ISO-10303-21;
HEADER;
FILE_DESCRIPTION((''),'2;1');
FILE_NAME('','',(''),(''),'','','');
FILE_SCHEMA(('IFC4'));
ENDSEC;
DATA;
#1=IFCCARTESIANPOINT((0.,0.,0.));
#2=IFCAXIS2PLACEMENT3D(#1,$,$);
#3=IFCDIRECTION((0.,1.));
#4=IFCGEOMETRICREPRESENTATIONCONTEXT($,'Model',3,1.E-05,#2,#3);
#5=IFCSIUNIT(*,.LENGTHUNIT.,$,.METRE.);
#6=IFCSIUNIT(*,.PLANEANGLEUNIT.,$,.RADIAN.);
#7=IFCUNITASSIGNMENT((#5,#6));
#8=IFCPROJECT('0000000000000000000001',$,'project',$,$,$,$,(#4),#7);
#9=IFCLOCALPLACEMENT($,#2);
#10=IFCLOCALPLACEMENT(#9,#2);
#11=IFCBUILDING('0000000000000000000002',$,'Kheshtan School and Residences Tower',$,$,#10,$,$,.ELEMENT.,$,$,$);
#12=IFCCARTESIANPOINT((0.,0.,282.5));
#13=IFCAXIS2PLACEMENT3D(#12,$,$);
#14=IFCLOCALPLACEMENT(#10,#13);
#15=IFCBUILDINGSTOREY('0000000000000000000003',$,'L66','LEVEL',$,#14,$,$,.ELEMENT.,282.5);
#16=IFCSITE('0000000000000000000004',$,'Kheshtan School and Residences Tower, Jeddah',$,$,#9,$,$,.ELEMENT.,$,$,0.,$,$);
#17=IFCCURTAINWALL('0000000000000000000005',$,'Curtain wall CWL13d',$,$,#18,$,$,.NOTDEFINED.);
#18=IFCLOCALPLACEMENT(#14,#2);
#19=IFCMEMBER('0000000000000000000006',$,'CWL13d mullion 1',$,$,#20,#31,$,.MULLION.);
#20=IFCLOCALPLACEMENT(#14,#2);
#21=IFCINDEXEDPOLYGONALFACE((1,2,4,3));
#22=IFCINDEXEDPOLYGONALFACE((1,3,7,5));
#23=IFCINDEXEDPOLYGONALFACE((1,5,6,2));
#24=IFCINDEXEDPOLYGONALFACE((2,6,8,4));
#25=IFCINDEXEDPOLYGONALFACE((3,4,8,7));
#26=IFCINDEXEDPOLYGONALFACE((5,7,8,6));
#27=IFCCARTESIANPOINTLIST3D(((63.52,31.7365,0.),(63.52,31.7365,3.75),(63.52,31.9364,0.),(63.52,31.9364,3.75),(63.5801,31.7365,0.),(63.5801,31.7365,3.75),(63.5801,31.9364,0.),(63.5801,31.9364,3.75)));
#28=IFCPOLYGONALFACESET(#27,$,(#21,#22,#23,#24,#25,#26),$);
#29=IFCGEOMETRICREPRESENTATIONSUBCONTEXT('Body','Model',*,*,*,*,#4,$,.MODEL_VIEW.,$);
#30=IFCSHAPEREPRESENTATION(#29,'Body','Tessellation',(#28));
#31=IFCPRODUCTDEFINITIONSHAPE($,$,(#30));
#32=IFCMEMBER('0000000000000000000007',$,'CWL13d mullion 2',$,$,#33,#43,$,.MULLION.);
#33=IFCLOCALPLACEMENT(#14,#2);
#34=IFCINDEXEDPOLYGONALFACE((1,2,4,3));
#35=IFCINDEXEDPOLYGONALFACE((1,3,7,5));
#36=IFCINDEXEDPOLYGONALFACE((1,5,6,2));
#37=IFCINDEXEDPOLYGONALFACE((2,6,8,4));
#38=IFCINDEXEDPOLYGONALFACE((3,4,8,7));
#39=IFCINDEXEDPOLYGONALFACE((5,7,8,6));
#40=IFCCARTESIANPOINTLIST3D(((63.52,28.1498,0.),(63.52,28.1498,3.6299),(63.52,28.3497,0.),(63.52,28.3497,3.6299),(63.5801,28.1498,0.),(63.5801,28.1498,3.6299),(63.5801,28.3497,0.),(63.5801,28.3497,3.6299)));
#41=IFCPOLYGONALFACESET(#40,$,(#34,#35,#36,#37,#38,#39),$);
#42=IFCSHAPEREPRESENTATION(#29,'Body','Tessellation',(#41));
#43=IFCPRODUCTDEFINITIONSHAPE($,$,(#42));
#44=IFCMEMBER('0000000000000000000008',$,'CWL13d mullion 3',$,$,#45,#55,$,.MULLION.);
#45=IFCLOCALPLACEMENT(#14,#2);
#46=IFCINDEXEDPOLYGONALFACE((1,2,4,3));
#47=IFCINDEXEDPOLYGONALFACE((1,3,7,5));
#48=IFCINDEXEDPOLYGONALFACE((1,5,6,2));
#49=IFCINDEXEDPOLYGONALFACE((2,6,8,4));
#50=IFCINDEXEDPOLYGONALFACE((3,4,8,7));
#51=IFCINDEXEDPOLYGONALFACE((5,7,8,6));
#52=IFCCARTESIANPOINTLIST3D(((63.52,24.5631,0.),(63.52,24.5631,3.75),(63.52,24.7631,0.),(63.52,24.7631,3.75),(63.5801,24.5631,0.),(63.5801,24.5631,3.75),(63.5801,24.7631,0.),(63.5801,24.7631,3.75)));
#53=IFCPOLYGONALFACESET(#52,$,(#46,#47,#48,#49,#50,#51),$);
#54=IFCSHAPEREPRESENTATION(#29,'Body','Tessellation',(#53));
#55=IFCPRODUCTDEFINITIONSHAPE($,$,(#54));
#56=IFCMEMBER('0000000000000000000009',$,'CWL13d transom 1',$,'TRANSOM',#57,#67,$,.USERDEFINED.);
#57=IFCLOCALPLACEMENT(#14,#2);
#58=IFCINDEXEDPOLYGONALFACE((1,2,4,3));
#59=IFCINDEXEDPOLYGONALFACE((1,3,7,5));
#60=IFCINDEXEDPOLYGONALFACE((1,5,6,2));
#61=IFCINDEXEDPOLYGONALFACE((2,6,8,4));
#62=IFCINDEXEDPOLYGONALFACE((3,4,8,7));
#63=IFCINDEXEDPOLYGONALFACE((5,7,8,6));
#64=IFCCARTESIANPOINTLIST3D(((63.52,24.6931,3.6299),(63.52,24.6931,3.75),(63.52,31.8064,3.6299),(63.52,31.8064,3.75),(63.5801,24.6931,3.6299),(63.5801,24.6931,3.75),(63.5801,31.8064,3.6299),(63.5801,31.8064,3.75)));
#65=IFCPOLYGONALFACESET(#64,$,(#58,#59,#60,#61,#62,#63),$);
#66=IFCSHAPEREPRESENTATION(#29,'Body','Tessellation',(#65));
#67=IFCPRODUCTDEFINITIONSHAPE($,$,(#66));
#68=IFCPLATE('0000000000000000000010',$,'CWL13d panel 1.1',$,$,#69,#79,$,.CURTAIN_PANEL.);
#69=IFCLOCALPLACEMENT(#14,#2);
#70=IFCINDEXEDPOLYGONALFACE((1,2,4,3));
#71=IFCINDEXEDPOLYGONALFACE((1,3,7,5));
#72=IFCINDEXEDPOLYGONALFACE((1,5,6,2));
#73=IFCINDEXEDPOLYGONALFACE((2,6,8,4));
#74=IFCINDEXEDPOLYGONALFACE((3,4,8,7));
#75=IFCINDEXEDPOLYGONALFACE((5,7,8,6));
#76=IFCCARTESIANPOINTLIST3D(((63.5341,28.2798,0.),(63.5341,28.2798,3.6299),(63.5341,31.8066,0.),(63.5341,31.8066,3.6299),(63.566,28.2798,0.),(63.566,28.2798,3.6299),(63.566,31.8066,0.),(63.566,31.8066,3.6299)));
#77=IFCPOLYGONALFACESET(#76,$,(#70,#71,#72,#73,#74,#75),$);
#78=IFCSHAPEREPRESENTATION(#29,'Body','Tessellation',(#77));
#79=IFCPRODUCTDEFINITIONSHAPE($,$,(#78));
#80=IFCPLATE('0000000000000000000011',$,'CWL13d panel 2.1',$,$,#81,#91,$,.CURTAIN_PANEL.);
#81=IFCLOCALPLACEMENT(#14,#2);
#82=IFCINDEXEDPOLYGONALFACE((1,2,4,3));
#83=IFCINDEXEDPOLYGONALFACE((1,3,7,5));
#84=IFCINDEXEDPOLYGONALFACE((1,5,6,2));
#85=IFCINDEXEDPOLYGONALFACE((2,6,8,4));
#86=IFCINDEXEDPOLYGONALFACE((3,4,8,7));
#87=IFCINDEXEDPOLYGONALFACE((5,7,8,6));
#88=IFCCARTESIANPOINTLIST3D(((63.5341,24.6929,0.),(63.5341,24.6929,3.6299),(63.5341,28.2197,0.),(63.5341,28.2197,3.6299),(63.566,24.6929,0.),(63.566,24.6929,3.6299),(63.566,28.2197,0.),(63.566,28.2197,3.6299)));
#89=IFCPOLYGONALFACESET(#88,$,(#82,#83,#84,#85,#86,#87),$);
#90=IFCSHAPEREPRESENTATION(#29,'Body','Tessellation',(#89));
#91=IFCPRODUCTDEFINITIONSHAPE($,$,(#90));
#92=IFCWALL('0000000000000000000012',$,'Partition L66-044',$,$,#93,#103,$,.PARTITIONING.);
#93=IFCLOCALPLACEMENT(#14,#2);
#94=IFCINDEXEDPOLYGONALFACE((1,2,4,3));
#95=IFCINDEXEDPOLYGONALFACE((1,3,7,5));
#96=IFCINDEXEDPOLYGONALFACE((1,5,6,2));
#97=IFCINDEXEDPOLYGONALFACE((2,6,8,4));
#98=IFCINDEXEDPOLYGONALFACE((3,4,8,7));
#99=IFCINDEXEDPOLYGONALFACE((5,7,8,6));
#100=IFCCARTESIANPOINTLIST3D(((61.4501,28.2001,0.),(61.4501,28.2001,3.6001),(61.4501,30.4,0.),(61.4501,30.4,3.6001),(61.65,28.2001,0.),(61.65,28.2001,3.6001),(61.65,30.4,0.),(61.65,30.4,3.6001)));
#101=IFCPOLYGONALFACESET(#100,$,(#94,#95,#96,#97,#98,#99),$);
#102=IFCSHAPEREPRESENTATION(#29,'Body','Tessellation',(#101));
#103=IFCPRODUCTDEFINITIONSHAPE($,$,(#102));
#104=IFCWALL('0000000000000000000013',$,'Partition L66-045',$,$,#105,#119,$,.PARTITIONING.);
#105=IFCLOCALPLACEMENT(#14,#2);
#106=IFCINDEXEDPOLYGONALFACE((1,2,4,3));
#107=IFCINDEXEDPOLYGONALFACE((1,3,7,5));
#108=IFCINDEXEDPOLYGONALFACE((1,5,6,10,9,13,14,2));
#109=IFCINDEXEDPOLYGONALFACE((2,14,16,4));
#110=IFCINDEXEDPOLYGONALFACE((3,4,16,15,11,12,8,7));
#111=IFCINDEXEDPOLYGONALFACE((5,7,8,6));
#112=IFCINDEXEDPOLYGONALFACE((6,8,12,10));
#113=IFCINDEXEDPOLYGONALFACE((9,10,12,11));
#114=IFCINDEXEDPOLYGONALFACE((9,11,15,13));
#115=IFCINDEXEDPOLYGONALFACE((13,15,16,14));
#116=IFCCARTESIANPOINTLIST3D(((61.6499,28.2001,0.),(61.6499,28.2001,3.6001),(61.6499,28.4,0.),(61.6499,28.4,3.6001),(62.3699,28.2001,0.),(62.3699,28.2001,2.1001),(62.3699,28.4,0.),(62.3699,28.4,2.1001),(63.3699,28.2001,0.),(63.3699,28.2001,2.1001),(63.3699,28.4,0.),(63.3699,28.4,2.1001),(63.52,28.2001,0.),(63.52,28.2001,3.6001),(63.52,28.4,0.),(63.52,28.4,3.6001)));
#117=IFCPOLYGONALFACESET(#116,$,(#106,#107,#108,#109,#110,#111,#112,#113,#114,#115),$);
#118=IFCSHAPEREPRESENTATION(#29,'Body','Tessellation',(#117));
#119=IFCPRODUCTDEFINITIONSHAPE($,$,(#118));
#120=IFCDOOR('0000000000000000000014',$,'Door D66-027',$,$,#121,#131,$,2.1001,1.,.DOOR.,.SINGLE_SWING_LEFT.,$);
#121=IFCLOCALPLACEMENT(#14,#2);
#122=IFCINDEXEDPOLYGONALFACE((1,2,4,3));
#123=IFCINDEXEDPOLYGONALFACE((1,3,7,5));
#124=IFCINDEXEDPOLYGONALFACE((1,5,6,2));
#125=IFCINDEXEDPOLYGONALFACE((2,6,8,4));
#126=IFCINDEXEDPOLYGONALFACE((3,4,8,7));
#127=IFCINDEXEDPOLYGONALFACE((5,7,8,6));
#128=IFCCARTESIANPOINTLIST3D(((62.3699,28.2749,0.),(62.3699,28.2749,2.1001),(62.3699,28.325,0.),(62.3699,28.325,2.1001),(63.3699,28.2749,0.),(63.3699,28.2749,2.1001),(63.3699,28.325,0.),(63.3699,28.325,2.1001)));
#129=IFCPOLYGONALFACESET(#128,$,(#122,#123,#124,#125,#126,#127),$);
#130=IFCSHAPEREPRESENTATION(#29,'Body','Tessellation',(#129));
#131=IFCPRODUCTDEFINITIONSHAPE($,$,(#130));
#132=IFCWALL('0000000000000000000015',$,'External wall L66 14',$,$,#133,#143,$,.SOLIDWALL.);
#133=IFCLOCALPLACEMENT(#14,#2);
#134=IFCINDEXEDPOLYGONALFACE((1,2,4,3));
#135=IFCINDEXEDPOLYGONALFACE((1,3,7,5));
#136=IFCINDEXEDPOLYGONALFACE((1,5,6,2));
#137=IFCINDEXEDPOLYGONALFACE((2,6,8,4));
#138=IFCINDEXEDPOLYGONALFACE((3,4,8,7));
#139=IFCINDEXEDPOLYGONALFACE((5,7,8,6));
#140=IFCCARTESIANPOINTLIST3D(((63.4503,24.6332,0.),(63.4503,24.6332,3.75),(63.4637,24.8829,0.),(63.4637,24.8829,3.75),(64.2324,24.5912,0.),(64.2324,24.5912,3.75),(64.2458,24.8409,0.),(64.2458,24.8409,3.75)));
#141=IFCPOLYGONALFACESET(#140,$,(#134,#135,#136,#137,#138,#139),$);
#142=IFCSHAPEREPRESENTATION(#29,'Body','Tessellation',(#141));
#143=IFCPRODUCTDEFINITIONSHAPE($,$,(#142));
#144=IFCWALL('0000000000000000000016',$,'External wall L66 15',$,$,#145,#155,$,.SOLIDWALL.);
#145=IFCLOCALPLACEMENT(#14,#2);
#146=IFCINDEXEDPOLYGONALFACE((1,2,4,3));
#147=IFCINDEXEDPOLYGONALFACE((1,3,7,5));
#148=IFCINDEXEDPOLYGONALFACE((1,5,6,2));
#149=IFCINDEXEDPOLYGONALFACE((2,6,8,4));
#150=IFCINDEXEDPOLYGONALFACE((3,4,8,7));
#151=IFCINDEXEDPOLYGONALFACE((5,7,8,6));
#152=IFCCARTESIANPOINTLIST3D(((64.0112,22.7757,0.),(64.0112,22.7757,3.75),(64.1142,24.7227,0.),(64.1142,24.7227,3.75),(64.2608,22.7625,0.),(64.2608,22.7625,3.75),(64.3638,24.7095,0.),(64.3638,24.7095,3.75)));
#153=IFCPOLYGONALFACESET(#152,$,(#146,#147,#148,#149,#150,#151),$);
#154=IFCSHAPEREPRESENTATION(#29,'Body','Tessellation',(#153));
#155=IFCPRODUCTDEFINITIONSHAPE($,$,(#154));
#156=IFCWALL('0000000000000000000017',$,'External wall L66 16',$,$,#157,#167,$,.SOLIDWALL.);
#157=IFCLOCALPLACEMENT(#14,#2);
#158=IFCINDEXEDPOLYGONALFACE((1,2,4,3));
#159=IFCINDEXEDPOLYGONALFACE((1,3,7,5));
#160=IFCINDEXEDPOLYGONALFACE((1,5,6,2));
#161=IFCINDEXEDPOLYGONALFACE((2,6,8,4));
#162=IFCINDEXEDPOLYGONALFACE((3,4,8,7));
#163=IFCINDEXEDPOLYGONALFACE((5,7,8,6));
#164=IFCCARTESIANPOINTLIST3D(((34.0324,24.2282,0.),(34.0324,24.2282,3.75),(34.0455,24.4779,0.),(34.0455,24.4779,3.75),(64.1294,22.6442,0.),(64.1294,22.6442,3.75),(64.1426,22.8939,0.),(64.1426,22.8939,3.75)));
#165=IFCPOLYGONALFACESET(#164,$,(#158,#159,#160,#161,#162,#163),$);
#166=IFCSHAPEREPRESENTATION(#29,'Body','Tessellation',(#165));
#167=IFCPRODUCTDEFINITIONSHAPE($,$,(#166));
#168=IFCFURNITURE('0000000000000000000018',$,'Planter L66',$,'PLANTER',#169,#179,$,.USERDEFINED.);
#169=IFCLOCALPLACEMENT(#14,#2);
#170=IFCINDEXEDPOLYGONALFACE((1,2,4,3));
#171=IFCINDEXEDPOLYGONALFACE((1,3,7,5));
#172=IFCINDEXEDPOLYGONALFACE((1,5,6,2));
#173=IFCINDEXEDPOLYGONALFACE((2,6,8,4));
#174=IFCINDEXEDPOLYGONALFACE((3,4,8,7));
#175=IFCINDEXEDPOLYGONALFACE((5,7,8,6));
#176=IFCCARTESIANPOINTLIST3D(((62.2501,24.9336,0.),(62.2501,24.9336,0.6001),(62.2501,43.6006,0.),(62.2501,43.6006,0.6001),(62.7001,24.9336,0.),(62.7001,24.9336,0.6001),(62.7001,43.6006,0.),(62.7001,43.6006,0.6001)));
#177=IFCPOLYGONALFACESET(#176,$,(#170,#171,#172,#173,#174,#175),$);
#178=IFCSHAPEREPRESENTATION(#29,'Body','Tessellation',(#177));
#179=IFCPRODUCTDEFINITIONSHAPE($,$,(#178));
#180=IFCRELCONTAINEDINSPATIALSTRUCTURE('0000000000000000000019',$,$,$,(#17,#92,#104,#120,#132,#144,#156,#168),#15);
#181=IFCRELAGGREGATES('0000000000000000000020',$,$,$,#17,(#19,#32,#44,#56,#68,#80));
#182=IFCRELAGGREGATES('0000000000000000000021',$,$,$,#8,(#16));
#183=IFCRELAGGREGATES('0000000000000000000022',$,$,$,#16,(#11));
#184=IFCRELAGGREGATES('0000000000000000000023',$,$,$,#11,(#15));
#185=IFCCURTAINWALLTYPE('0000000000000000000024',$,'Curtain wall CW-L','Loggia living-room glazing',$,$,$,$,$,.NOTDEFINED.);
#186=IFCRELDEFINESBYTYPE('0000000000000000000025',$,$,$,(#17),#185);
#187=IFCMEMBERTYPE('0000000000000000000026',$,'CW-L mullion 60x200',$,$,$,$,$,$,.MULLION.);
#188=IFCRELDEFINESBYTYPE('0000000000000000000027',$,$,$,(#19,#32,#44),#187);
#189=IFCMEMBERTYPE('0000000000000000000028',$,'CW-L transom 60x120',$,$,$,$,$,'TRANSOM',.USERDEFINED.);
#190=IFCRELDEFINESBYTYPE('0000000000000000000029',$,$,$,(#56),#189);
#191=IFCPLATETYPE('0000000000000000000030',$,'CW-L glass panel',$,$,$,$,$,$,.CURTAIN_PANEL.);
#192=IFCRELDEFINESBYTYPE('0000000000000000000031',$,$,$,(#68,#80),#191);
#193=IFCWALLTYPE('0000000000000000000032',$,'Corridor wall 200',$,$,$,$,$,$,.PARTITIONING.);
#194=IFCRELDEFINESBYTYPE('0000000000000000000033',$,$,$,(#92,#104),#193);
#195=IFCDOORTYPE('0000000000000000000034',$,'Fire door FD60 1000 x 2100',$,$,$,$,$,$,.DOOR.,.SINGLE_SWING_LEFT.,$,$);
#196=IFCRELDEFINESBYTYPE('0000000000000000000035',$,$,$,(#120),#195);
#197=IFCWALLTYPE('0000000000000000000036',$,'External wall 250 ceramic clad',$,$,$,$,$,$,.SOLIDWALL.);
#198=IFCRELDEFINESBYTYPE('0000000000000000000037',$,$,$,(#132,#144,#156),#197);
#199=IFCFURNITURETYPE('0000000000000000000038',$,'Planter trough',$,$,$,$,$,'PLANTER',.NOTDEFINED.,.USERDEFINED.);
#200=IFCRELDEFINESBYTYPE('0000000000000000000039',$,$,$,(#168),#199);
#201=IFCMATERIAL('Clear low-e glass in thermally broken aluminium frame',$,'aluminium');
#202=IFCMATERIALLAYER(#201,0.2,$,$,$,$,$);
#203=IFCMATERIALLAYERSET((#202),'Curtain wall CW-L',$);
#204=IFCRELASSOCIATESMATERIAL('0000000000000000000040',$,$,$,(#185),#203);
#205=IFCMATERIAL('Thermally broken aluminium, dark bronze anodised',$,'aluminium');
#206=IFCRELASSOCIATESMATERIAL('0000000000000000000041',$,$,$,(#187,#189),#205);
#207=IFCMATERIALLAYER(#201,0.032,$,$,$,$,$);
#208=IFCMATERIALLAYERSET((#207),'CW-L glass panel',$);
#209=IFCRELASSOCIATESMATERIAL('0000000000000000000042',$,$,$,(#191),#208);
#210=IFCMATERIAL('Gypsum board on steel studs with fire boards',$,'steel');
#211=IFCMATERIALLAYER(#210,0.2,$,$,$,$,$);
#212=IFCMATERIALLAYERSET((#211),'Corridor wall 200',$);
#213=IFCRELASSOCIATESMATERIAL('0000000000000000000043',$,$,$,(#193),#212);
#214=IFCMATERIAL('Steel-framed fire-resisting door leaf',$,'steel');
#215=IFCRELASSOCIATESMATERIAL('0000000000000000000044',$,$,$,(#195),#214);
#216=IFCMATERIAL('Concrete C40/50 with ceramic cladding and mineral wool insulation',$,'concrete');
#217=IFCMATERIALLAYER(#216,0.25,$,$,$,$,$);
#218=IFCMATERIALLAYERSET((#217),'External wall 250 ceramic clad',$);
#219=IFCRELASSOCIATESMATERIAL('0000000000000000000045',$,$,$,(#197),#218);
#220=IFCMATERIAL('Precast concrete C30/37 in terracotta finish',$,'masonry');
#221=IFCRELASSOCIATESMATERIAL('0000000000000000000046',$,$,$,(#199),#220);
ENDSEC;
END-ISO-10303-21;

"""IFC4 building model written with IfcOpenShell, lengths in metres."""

from ifc_helpers import new_model, si_unit, direction, frame, frame_2d, origin, origin_2d, place, context, subcontext, project, spatial, rectangle, extrude, source, transform, mapped, material, layer, layer_set, material_profile, profile_set, type_object, element, fill, aggregate, save


model = new_model("IFC4")

# Units and contexts
model_context = context("Model", 3, precision=1e-05, world=origin(), true_north=direction((0.0, 1.0)))
body_context = subcontext(model_context, "Body", "Model", "MODEL_VIEW")
ifc_project = project(units=[si_unit("LENGTHUNIT", "METRE"), si_unit("PLANEANGLEUNIT", "RADIAN")], contexts=[model_context])

# Site, building, storey
site_placement = place(None, origin())
site = spatial("IfcSite", under=ifc_project, at=site_placement, Name="Kheshtan School and Residences Tower, Jeddah", CompositionType="ELEMENT", RefElevation=0.0)
building_placement = place(site_placement, origin())
building = spatial("IfcBuilding", under=site, at=building_placement, Name="Kheshtan School and Residences Tower", CompositionType="ELEMENT")
storey_placement = place(building_placement, frame((0.0, 0.0, 282.5)))
storey = spatial("IfcBuildingStorey", under=building, at=storey_placement, Name="L66", Description="LEVEL", CompositionType="ELEMENT", Elevation=282.5)

# Curtain wall, members, plates
ifc_material_1 = material(Name="Clear low-e glass in thermally broken aluminium frame", Category="aluminium")
ifc_layer_1 = layer(ifc_material_1, 0.2)
ifc_layer_set_1 = layer_set([ifc_layer_1], Name="Curtain wall CW-L")
curtain_wall_type = type_object("IfcCurtainWallType", Name="Curtain wall CW-L", Description="Loggia living-room glazing", PredefinedType="NOTDEFINED", material=ifc_layer_set_1)
curtain_wall_placement = place(storey_placement, origin())
curtain_wall = element("IfcCurtainWall", 1, at=curtain_wall_placement, inside=storey, type_object=curtain_wall_type, Name="Curtain wall CWL13d", PredefinedType="NOTDEFINED")
ifc_material_2 = material(Name="Thermally broken aluminium, dark bronze anodised", Category="aluminium")
ifc_material_profile_1 = material_profile(ifc_material_2, rectangle(XDim=0.0601, YDim=0.2, at=origin_2d()), Name="CW-L mullion 60x200")
ifc_profile_set_1 = profile_set([ifc_material_profile_1], Name="Thermally broken aluminium, dark bronze anodised")
member_type_1 = type_object("IfcMemberType", Name="CW-L mullion 60x200", PredefinedType="MULLION", material=ifc_profile_set_1)
member_1_placement = place(storey_placement, frame((63.55, 31.8364, 0.0), z_axis=(0.0, 0.0, 1.0), x_axis=(1.0, 0.0, 0.0)))
member_1 = element("IfcMember", 2, at=member_1_placement, type_object=member_type_1, Name="CWL13d mullion 1", PredefinedType="MULLION", context=body_context, shape_type="SweptSolid", body=[
    extrude(rectangle(XDim=0.0601, YDim=0.2, at=origin_2d()), origin(), (0.0, 0.0, 1.0), 3.75),
])
member_2_placement = place(storey_placement, frame((63.55, 28.2498, 0.0), z_axis=(0.0, 0.0, 1.0), x_axis=(1.0, 0.0, 0.0)))
member_2 = element("IfcMember", 3, at=member_2_placement, type_object=member_type_1, Name="CWL13d mullion 2", PredefinedType="MULLION", context=body_context, shape_type="SweptSolid", body=[
    extrude(rectangle(XDim=0.0601, YDim=0.2, at=origin_2d()), origin(), (0.0, 0.0, 1.0), 3.6299),
])
member_3_placement = place(storey_placement, frame((63.55, 24.6631, 0.0), z_axis=(0.0, 0.0, 1.0), x_axis=(1.0, 0.0, 0.0)))
member_3 = element("IfcMember", 4, at=member_3_placement, type_object=member_type_1, Name="CWL13d mullion 3", PredefinedType="MULLION", context=body_context, shape_type="SweptSolid", body=[
    extrude(rectangle(XDim=0.0601, YDim=0.2, at=origin_2d()), origin(), (0.0, 0.0, 1.0), 3.75),
])
ifc_material_profile_2 = material_profile(ifc_material_2, rectangle(XDim=0.0601, YDim=0.1201, at=origin_2d()), Name="CW-L transom 60x120")
ifc_profile_set_2 = profile_set([ifc_material_profile_2], Name="Thermally broken aluminium, dark bronze anodised")
member_type_2 = type_object("IfcMemberType", Name="CW-L transom 60x120", ElementType="TRANSOM", PredefinedType="USERDEFINED", material=ifc_profile_set_2)
member_4_placement = place(storey_placement, frame((63.55, 31.8064, 3.6899), z_axis=(0.0, -1.0, 0.0), x_axis=(1.0, 0.0, 0.0)))
member_4 = element("IfcMember", 5, at=member_4_placement, type_object=member_type_2, Name="CWL13d transom 1", ObjectType="TRANSOM", PredefinedType="USERDEFINED", context=body_context, shape_type="SweptSolid", body=[
    extrude(rectangle(XDim=0.0601, YDim=0.1201, at=origin_2d()), origin(), (0.0, 0.0, 1.0), 7.1133),
])
ifc_layer_2 = layer(ifc_material_1, 0.032)
ifc_layer_set_2 = layer_set([ifc_layer_2], Name="CW-L glass panel")
plate_type = type_object("IfcPlateType", Name="CW-L glass panel", PredefinedType="CURTAIN_PANEL", material=ifc_layer_set_2)
plate_1_placement = place(storey_placement, frame((63.55, 30.0432, 0.0), z_axis=(0.0, 0.0, 1.0), x_axis=(0.0, -1.0, 0.0)))
plate_1 = element("IfcPlate", 6, at=plate_1_placement, type_object=plate_type, Name="CWL13d panel 1.1", PredefinedType="CURTAIN_PANEL", context=body_context, shape_type="SweptSolid", body=[
    extrude(rectangle(XDim=3.5269, YDim=0.032, at=origin_2d()), origin(), (0.0, 0.0, 1.0), 3.6299),
])
plate_2_placement = place(storey_placement, frame((63.55, 26.4563, 0.0), z_axis=(0.0, 0.0, 1.0), x_axis=(0.0, -1.0, 0.0)))
plate_2 = element("IfcPlate", 7, at=plate_2_placement, type_object=plate_type, Name="CWL13d panel 2.1", PredefinedType="CURTAIN_PANEL", context=body_context, shape_type="SweptSolid", body=[
    extrude(rectangle(XDim=3.5269, YDim=0.032, at=origin_2d()), origin(), (0.0, 0.0, 1.0), 3.6299),
])
aggregate(curtain_wall, [member_1, member_2, member_3, member_4, plate_1, plate_2])

# Wall
ifc_material_3 = material(Name="Gypsum board on steel studs with fire boards", Category="steel")
ifc_layer_3 = layer(ifc_material_3, 0.2)
ifc_layer_set_3 = layer_set([ifc_layer_3], Name="Corridor wall 200")
wall_type_1 = type_object("IfcWallType", Name="Corridor wall 200", PredefinedType="PARTITIONING", material=ifc_layer_set_3)
wall_1_placement = place(storey_placement, frame((61.55, 28.2, 0.0), z_axis=(0.0, 0.0, 1.0), x_axis=(0.0, 1.0, 0.0)))
element("IfcWall", 8, at=wall_1_placement, inside=storey, type_object=wall_type_1, Name="Partition L66-044", PredefinedType="PARTITIONING", context=body_context, shape_type="SweptSolid", body=[
    extrude(rectangle(XDim=2.2, YDim=0.2, at=frame_2d((1.1001, 0.0))), origin(), (0.0, 0.0, 1.0), 3.6001),
])

# Wall, opening, door
wall_2_placement = place(storey_placement, frame((61.6499, 28.3, 0.0), z_axis=(0.0, 0.0, 1.0), x_axis=(1.0, 0.0, 0.0)))
wall_2 = element("IfcWall", 9, at=wall_2_placement, inside=storey, type_object=wall_type_1, Name="Partition L66-045", PredefinedType="PARTITIONING", context=body_context, shape_type="SweptSolid", body=[
    extrude(rectangle(XDim=1.8701, YDim=0.2, at=frame_2d((0.9351, 0.0))), origin(), (0.0, 0.0, 1.0), 3.6001),
])
opening_1_placement = place(wall_2_placement, frame((0.72, 0.0, 0.0)))
opening_1 = element("IfcOpeningElement", 10, at=opening_1_placement, cuts=wall_2, PredefinedType="OPENING", context=body_context, shape_type="SweptSolid", body=[
    extrude(rectangle(XDim=1.0, YDim=2.1001, at=frame_2d((0.5, 1.05))), frame((0.0, 0.1099, 0.0), z_axis=(0.0, -1.0, 0.0), x_axis=(1.0, 0.0, 0.0)), (0.0, 0.0, 1.0), 0.22),
])
ifc_material_4 = material(Name="Steel-framed fire-resisting door leaf", Category="steel")
door_type_1 = type_object("IfcDoorType", Name="Fire door FD60 1000 x 2100", OperationType="SINGLE_SWING_LEFT", PredefinedType="DOOR", material=ifc_material_4)
shared_shape_1 = source(origin(), body_context, "Body", "SweptSolid", [
    extrude(rectangle(XDim=1.0, YDim=2.1001, at=frame_2d((0.5, 1.05))), frame((0.0, 0.0249, 0.0), z_axis=(0.0, -1.0, 0.0), x_axis=(1.0, 0.0, 0.0)), (0.0, 0.0, 1.0), 0.05),
])
door_1_placement = place(opening_1_placement, origin())
door_1 = element("IfcDoor", 11, at=door_1_placement, inside=storey, type_object=door_type_1, Name="Door D66-027", OperationType="SINGLE_SWING_LEFT", OverallHeight=2.1001, OverallWidth=1.0, PredefinedType="DOOR", context=body_context, shape_type="MappedRepresentation", body=[
    mapped(shared_shape_1, transform((0.0, 0.0, 0.0), x_axis=(1.0, 0.0, 0.0), y_axis=(0.0, 1.0, 0.0), z_axis=(0.0, 0.0, 1.0), scale=1.0)),
])
fill(opening_1, door_1)

# Walls
ifc_material_5 = material(Name="Concrete C40/50 with ceramic cladding and mineral wool insulation", Category="concrete")
ifc_layer_4 = layer(ifc_material_5, 0.25)
ifc_layer_set_4 = layer_set([ifc_layer_4], Name="External wall 250 ceramic clad")
wall_type_2 = type_object("IfcWallType", Name="External wall 250 ceramic clad", PredefinedType="SOLIDWALL", material=ifc_layer_set_4)
wall_3_placement = place(storey_placement, frame((63.457, 24.7581, 0.0), z_axis=(0.0, 0.0, 1.0), x_axis=(0.998561, -0.053622, 0.0)))
element("IfcWall", 12, at=wall_3_placement, inside=storey, type_object=wall_type_2, Name="External wall L66 14", PredefinedType="SOLIDWALL", context=body_context, shape_type="SweptSolid", body=[
    extrude(rectangle(XDim=0.7832, YDim=0.25, at=frame_2d((0.3916, 0.0))), origin(), (0.0, 0.0, 1.0), 3.75),
])
wall_4_placement = place(storey_placement, frame((64.239, 24.7161, 0.0), z_axis=(0.0, 0.0, 1.0), x_axis=(-0.052841, -0.998603, 0.0)))
element("IfcWall", 13, at=wall_4_placement, inside=storey, type_object=wall_type_2, Name="External wall L66 15", PredefinedType="SOLIDWALL", context=body_context, shape_type="SweptSolid", body=[
    extrude(rectangle(XDim=1.9497, YDim=0.25, at=frame_2d((0.9749, 0.0))), origin(), (0.0, 0.0, 1.0), 3.75),
])
wall_5_placement = place(storey_placement, frame((64.136, 22.769, 0.0), z_axis=(0.0, 0.0, 1.0), x_axis=(-0.998618, 0.052557, 0.0)))
element("IfcWall", 14, at=wall_5_placement, inside=storey, type_object=wall_type_2, Name="External wall L66 16", PredefinedType="SOLIDWALL", context=body_context, shape_type="SweptSolid", body=[
    extrude(rectangle(XDim=30.1387, YDim=0.25, at=frame_2d((15.0693, 0.0))), origin(), (0.0, 0.0, 1.0), 3.75),
])

# Furniture
ifc_material_6 = material(Name="Precast concrete C30/37 in terracotta finish", Category="masonry")
furniture_type = type_object("IfcFurnitureType", Name="Planter trough", ElementType="PLANTER", AssemblyPlace="NOTDEFINED", PredefinedType="USERDEFINED", material=ifc_material_6)
furniture_placement = place(storey_placement, frame((62.4751, 34.2671, 0.0), z_axis=(0.0, 0.0, 1.0), x_axis=(0.0, -1.0, 0.0)))
element("IfcFurniture", 15, at=furniture_placement, inside=storey, type_object=furniture_type, Name="Planter L66", ObjectType="PLANTER", PredefinedType="USERDEFINED", context=body_context, shape_type="SweptSolid", body=[
    extrude(rectangle(XDim=18.667, YDim=0.45, at=origin_2d()), origin(), (0.0, 0.0, 1.0), 0.6001),
])

save(model, "model.ifc")
